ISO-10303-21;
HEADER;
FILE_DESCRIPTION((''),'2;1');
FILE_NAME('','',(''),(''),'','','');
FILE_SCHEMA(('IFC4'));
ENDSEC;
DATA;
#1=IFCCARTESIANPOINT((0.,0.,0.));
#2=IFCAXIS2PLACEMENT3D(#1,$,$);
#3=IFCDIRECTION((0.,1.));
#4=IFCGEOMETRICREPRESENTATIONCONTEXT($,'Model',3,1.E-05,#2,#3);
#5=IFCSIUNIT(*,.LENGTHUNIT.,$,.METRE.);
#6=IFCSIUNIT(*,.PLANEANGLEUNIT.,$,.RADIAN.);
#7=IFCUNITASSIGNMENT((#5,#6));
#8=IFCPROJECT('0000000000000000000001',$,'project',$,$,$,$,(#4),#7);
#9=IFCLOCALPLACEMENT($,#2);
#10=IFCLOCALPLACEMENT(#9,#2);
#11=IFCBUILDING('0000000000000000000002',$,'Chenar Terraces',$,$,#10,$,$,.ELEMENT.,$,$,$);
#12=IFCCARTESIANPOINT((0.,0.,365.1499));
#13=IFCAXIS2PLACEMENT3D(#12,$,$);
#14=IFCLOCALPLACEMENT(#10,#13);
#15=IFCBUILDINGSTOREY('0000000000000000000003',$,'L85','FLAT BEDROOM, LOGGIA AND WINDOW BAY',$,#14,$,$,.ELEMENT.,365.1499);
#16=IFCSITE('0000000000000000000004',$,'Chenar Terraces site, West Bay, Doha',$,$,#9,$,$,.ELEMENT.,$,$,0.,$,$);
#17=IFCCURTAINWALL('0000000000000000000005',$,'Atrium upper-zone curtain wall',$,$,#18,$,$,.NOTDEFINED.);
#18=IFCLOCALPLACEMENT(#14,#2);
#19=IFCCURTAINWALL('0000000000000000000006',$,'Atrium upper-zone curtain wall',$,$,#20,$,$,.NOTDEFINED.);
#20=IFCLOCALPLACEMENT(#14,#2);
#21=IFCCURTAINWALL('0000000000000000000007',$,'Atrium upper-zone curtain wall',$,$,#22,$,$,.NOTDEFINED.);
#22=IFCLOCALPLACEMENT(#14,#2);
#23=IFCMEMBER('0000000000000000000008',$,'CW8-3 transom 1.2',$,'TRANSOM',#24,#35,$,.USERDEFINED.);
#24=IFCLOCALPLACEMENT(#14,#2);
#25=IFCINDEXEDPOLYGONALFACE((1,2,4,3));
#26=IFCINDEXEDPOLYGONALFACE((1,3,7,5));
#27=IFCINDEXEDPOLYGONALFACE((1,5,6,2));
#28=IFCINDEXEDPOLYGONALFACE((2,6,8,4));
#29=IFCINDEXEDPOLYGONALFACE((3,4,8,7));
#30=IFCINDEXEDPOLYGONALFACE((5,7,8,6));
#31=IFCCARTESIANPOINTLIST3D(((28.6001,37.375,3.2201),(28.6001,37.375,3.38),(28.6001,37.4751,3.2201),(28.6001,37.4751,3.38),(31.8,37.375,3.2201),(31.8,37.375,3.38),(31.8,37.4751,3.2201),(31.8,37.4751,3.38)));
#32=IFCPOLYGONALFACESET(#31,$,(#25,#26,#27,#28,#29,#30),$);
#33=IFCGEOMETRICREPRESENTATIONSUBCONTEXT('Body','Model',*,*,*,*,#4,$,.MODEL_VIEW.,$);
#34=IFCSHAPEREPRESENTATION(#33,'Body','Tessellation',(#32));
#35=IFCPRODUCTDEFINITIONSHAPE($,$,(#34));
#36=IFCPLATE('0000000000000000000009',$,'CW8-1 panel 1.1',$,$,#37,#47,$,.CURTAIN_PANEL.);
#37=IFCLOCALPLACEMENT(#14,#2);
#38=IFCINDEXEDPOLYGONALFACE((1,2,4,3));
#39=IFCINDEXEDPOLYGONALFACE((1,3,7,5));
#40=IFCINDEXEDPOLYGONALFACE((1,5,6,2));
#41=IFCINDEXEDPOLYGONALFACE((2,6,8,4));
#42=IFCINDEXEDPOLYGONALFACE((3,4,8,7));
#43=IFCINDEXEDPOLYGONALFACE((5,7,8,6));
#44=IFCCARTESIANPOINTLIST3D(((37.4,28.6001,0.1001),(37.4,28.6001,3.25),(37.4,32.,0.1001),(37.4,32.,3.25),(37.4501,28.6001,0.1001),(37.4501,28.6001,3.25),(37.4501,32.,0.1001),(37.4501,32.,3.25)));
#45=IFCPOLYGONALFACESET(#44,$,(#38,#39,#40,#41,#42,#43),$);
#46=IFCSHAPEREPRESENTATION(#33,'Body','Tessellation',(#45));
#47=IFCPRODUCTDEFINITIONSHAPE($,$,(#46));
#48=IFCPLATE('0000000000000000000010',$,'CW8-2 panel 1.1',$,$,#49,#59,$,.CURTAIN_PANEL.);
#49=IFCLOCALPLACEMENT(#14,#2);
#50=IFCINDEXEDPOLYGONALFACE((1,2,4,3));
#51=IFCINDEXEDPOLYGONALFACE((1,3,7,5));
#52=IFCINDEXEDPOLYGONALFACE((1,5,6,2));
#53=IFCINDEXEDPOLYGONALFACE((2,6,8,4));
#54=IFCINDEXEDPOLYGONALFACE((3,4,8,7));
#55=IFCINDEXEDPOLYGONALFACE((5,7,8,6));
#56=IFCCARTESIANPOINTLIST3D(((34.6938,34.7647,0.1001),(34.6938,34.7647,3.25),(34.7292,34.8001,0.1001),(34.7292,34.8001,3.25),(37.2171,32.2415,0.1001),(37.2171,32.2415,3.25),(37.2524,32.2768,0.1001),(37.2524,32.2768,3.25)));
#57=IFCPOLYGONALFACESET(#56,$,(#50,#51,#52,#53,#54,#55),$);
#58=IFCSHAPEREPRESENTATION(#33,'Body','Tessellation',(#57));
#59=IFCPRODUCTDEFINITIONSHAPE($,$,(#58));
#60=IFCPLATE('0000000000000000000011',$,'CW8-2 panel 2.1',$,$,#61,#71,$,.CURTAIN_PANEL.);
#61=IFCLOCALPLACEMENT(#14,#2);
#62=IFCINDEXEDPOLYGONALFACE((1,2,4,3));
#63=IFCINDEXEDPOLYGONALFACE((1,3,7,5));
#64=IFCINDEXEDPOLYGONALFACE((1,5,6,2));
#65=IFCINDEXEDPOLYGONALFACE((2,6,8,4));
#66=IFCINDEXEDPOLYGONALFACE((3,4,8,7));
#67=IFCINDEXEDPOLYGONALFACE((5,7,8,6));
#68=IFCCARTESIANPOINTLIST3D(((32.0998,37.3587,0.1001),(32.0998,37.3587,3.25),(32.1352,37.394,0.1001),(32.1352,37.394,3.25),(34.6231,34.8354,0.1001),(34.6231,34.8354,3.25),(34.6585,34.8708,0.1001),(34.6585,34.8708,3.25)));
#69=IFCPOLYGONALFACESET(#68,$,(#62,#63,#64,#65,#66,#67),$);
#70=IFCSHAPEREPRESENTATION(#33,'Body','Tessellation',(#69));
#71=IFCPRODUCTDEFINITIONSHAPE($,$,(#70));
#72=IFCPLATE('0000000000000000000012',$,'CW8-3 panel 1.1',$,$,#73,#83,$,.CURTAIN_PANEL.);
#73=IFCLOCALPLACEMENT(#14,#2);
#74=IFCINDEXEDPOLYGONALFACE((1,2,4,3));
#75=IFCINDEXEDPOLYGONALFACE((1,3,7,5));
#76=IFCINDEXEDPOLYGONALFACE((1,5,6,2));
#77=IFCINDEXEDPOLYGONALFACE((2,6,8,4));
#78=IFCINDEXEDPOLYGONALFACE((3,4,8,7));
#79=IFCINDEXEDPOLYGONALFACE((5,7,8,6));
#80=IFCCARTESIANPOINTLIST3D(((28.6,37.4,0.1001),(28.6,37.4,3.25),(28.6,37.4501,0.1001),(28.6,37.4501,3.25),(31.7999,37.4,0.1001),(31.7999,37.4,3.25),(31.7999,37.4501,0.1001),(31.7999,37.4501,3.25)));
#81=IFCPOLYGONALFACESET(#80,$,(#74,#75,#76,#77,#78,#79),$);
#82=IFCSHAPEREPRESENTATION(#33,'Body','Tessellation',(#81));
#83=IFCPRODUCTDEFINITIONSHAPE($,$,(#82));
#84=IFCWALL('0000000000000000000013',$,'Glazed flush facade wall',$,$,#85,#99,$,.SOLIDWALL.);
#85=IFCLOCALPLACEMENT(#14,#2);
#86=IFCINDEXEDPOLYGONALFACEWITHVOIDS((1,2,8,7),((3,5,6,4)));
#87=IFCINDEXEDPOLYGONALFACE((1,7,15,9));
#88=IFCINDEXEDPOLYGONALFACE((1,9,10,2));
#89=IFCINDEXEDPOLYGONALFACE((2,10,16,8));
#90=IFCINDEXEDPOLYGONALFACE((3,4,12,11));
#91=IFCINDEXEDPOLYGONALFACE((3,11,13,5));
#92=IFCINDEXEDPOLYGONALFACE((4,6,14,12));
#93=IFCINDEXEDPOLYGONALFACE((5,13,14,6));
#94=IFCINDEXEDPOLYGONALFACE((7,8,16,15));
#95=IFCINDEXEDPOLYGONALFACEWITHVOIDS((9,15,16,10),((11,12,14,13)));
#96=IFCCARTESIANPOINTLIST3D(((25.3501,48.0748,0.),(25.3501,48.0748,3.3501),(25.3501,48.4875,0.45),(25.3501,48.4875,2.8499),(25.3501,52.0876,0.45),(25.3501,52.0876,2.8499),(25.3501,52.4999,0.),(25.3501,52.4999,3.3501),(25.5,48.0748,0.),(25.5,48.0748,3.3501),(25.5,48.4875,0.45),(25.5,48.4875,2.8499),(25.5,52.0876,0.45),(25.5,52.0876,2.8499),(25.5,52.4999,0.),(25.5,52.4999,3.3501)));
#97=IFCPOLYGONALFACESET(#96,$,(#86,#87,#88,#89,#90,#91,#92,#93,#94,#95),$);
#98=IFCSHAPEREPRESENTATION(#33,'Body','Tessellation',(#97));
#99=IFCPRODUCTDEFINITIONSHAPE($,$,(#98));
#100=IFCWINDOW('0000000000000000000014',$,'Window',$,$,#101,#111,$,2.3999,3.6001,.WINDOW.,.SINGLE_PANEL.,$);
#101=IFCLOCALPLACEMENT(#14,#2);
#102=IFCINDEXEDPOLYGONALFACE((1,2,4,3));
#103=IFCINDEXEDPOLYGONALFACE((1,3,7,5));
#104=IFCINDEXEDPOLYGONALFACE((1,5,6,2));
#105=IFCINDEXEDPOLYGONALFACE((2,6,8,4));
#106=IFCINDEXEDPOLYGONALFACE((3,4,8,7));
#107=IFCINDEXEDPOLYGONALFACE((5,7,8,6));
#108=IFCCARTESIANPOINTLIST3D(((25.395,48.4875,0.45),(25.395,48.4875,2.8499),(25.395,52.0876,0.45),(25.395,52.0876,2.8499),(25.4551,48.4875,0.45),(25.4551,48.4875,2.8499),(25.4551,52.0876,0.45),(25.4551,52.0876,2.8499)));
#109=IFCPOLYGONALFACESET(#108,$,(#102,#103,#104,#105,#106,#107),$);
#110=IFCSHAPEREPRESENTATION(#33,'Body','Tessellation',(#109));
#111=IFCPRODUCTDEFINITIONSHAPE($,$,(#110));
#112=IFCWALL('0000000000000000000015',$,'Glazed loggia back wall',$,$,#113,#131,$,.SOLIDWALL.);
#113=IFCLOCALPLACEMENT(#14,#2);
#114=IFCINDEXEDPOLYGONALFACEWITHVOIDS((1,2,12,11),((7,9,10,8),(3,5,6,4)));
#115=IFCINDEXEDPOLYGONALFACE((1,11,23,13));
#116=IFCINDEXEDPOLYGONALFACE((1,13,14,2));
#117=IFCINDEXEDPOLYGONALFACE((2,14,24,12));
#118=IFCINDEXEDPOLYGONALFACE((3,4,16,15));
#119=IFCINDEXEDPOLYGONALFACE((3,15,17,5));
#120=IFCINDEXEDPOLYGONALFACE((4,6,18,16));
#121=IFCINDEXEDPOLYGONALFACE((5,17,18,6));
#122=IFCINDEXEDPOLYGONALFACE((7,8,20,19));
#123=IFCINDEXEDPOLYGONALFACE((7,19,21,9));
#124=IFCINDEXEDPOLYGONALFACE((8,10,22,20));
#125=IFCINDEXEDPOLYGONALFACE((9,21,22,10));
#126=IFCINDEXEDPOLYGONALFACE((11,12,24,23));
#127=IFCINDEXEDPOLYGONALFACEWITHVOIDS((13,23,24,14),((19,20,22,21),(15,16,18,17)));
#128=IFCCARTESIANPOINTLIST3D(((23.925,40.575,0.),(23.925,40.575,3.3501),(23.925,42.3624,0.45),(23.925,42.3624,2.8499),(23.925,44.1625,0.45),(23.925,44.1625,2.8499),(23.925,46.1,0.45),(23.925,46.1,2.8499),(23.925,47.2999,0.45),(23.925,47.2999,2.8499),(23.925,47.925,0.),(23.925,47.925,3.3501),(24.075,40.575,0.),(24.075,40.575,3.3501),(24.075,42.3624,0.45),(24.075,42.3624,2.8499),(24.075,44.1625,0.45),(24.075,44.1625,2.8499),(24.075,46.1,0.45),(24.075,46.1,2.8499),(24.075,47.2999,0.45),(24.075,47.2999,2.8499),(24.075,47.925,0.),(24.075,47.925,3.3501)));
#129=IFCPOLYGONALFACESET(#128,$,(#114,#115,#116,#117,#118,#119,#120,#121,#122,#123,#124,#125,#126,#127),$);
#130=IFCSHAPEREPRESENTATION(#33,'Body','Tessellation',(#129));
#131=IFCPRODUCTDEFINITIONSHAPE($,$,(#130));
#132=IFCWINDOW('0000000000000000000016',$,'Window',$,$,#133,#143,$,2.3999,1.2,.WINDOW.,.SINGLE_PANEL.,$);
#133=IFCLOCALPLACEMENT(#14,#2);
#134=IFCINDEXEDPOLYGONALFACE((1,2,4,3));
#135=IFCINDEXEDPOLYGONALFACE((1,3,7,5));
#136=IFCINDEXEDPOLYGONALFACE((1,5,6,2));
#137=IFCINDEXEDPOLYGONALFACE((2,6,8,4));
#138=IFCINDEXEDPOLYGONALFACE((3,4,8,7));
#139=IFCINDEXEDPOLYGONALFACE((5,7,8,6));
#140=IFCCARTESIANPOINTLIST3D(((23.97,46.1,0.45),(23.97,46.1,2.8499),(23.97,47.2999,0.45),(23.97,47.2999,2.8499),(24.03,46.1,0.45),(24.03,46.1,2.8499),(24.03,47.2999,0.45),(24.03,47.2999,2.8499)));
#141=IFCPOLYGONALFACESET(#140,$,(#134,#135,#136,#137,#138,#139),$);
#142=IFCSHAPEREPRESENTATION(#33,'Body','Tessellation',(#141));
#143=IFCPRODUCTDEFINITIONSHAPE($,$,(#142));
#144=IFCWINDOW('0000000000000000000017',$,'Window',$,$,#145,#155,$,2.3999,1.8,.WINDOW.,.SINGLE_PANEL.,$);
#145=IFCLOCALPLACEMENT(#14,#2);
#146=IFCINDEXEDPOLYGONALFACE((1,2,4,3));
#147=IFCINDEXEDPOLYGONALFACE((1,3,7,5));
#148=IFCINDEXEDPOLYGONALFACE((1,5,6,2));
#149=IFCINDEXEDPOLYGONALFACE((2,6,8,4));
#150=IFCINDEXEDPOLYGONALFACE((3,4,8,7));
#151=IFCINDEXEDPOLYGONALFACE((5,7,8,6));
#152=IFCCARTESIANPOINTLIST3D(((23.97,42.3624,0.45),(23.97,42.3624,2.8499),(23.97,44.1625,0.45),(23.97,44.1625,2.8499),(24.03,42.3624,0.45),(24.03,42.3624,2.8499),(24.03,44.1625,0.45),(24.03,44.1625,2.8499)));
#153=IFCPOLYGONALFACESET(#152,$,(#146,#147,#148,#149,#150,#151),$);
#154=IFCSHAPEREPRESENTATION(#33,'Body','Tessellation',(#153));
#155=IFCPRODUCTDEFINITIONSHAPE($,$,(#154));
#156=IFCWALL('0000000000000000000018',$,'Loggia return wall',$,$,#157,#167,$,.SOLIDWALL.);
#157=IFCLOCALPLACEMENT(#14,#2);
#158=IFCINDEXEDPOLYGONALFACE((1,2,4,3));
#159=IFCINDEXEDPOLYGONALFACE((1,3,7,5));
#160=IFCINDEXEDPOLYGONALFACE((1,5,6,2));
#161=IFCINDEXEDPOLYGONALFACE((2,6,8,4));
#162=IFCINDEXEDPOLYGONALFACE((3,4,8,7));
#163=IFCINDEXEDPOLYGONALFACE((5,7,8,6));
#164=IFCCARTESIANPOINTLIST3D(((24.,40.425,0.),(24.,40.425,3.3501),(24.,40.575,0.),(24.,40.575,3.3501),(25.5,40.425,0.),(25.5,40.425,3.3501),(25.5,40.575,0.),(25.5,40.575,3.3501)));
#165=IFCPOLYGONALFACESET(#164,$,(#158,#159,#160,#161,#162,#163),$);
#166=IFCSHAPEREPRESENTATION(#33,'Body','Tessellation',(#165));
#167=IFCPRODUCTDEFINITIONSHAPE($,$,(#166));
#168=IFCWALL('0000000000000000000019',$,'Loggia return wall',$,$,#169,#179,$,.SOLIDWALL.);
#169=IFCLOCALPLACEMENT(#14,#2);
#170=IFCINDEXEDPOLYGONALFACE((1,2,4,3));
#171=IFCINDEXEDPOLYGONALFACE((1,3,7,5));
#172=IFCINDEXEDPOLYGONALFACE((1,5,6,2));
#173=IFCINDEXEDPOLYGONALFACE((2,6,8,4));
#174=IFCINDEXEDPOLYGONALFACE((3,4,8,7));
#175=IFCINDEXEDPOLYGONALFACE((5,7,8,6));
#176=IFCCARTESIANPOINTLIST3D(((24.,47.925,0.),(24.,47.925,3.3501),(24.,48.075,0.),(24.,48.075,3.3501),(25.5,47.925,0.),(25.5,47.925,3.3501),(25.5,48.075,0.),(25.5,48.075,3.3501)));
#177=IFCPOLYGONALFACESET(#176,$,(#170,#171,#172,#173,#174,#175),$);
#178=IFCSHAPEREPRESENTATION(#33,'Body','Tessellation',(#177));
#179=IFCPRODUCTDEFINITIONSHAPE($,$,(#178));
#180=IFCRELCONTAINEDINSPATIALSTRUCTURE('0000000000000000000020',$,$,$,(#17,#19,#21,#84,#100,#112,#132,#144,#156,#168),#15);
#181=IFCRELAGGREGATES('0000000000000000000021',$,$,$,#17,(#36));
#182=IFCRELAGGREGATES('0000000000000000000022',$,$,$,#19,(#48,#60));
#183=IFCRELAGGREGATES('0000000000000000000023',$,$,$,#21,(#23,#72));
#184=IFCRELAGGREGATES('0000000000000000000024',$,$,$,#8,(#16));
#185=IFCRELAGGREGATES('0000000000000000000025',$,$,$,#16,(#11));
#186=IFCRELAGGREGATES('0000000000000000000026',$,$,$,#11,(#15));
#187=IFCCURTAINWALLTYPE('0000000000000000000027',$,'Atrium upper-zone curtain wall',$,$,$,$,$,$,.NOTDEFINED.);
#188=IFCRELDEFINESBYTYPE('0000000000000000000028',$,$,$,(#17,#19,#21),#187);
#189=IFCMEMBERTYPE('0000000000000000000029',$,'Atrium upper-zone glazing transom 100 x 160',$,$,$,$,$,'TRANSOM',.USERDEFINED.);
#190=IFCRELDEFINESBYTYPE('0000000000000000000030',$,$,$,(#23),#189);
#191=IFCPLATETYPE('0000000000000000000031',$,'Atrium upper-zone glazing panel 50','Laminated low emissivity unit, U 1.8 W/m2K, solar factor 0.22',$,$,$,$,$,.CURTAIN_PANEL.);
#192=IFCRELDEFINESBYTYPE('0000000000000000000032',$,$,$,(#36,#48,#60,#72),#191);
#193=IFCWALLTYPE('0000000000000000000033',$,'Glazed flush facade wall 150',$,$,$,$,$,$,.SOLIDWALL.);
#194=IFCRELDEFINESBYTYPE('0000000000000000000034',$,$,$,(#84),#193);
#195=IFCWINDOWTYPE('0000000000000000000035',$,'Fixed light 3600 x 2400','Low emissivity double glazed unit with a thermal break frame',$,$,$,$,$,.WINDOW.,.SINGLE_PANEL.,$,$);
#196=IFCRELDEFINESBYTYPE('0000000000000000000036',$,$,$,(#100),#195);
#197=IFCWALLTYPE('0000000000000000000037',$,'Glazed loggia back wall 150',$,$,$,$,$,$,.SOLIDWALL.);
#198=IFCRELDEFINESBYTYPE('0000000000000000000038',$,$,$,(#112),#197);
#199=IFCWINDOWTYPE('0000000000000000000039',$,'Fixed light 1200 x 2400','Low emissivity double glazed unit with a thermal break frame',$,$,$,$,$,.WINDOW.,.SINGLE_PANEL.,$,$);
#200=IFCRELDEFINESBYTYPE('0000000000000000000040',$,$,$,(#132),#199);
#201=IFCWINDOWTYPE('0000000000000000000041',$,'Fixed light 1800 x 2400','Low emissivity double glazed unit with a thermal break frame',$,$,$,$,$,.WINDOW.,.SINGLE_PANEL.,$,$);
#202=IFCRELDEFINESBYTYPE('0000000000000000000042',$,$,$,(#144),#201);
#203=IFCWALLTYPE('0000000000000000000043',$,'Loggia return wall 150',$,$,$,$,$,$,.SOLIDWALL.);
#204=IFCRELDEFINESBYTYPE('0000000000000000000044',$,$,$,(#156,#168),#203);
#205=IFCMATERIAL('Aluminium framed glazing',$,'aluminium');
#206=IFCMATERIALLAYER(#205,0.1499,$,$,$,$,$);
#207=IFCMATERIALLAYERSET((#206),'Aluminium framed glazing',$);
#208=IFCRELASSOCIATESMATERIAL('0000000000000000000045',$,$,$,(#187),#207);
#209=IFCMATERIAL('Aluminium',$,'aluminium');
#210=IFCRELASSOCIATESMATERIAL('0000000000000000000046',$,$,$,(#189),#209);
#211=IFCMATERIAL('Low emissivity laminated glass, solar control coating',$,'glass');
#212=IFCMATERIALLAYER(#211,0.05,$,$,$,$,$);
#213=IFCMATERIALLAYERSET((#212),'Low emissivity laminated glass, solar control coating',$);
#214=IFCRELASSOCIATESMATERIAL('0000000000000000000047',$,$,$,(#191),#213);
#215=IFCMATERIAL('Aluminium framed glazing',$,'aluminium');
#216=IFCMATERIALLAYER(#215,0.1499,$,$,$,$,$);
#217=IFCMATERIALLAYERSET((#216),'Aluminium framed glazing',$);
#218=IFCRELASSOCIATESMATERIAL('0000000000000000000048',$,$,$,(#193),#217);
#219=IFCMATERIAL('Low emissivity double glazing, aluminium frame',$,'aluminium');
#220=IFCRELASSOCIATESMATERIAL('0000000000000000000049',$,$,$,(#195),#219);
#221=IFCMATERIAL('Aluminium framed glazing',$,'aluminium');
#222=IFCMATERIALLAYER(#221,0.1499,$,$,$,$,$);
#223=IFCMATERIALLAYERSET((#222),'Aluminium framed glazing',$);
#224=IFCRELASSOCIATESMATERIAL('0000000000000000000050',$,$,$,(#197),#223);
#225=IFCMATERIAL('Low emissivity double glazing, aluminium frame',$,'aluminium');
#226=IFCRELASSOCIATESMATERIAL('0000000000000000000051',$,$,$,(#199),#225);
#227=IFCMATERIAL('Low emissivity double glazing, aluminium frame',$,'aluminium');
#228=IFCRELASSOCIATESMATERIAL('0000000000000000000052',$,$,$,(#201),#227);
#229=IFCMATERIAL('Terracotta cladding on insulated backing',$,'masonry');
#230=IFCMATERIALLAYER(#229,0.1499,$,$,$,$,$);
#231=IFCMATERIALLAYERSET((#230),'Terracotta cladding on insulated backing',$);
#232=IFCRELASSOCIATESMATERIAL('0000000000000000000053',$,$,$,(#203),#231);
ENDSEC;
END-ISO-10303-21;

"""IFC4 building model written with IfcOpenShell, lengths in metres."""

from ifc_helpers import new_model, si_unit, direction, frame, frame_2d, origin, origin_2d, place, context, subcontext, project, spatial, rectangle, extrude, material, layer, layer_set, material_profile, profile_set, type_object, element, fill, aggregate, save


model = new_model("IFC4")

# Units and contexts
model_context = context("Model", 3, precision=1e-05, world=origin(), true_north=direction((0.0, 1.0)))
body_context = subcontext(model_context, "Body", "Model", "MODEL_VIEW")
ifc_project = project(units=[si_unit("LENGTHUNIT", "METRE"), si_unit("PLANEANGLEUNIT", "RADIAN")], contexts=[model_context])

# Site, building, storey
site_placement = place(None, origin())
site = spatial("IfcSite", under=ifc_project, at=site_placement, Name="Chenar Terraces site, West Bay, Doha", CompositionType="ELEMENT", RefElevation=0.0)
building_placement = place(site_placement, origin())
building = spatial("IfcBuilding", under=site, at=building_placement, Name="Chenar Terraces", CompositionType="ELEMENT")
storey_placement = place(building_placement, frame((0.0, 0.0, 365.1499)))
storey = spatial("IfcBuildingStorey", under=building, at=storey_placement, Name="L85", Description="FLAT BEDROOM, LOGGIA AND WINDOW BAY", CompositionType="ELEMENT", Elevation=365.1499)

# Curtain wall
ifc_material_1 = material(Name="Aluminium framed glazing", Category="aluminium")
ifc_layer_1 = layer(ifc_material_1, 0.1499)
ifc_layer_set_1 = layer_set([ifc_layer_1], Name="Aluminium framed glazing")
curtain_wall_type = type_object("IfcCurtainWallType", Name="Atrium upper-zone curtain wall", PredefinedType="NOTDEFINED", material=ifc_layer_set_1)
placement = place(storey_placement, origin())
curtain_wall_1 = element("IfcCurtainWall", 1, at=placement, inside=storey, type_object=curtain_wall_type, Name="Atrium upper-zone curtain wall", PredefinedType="NOTDEFINED")

# Curtain walls
curtain_wall_2 = element("IfcCurtainWall", 2, at=placement, inside=storey, type_object=curtain_wall_type, Name="Atrium upper-zone curtain wall", PredefinedType="NOTDEFINED")
curtain_wall_3 = element("IfcCurtainWall", 3, at=placement, inside=storey, type_object=curtain_wall_type, Name="Atrium upper-zone curtain wall", PredefinedType="NOTDEFINED")

# Member
ifc_material_2 = material(Name="Aluminium", Category="aluminium")
ifc_material_profile_1 = material_profile(ifc_material_2, rectangle(XDim=0.1001, YDim=0.1599, at=origin_2d()), Name="Atrium upper-zone glazing transom 100 x 160")
ifc_profile_set_1 = profile_set([ifc_material_profile_1], Name="Aluminium")
member_type_1 = type_object("IfcMemberType", Name="Atrium upper-zone glazing transom 100 x 160", ElementType="TRANSOM", PredefinedType="USERDEFINED", material=ifc_profile_set_1)
member_1_placement = place(storey_placement, frame((31.8, 37.425, 3.3), z_axis=(-1.0, 0.0, 0.0), x_axis=(0.0, -1.0, 0.0)))
member_1 = element("IfcMember", 4, at=member_1_placement, type_object=member_type_1, Name="CW8-3 transom 1.2", ObjectType="TRANSOM", PredefinedType="USERDEFINED", context=body_context, shape_type="SweptSolid", body=[
    extrude(rectangle(XDim=0.1001, YDim=0.1599, at=origin_2d()), origin(), (0.0, 0.0, 1.0), 3.2),
])

# Plates
ifc_material_3 = material(Name="Low emissivity laminated glass, solar control coating", Category="glass")
ifc_layer_2 = layer(ifc_material_3, 0.05)
ifc_layer_set_2 = layer_set([ifc_layer_2], Name="Low emissivity laminated glass, solar control coating")
plate_type = type_object("IfcPlateType", Name="Atrium upper-zone glazing panel 50", Description="Laminated low emissivity unit, U 1.8 W/m2K, solar factor 0.22", PredefinedType="CURTAIN_PANEL", material=ifc_layer_set_2)
plate_1_placement = place(storey_placement, frame((37.425, 30.3, 0.1001), z_axis=(0.0, 0.0, 1.0), x_axis=(0.0, 1.0, 0.0)))
plate_1 = element("IfcPlate", 5, at=plate_1_placement, type_object=plate_type, Name="CW8-1 panel 1.1", PredefinedType="CURTAIN_PANEL", context=body_context, shape_type="SweptSolid", body=[
    extrude(rectangle(XDim=3.3999, YDim=0.05, at=origin_2d()), origin(), (0.0, 0.0, 1.0), 3.1499),
])
aggregate(curtain_wall_1, [plate_1])
plate_2_placement = place(storey_placement, frame((35.9731, 33.5208, 0.1001), z_axis=(0.0, 0.0, 1.0), x_axis=(-0.707107, 0.707107, 0.0)))
plate_2 = element("IfcPlate", 6, at=plate_2_placement, type_object=plate_type, Name="CW8-2 panel 1.1", PredefinedType="CURTAIN_PANEL", context=body_context, shape_type="SweptSolid", body=[
    extrude(rectangle(XDim=3.5684, YDim=0.05, at=origin_2d()), origin(), (0.0, 0.0, 1.0), 3.1499),
])
plate_3_placement = place(storey_placement, frame((33.3792, 36.1147, 0.1001), z_axis=(0.0, 0.0, 1.0), x_axis=(-0.707107, 0.707107, 0.0)))
plate_3 = element("IfcPlate", 7, at=plate_3_placement, type_object=plate_type, Name="CW8-2 panel 2.1", PredefinedType="CURTAIN_PANEL", context=body_context, shape_type="SweptSolid", body=[
    extrude(rectangle(XDim=3.5684, YDim=0.05, at=origin_2d()), origin(), (0.0, 0.0, 1.0), 3.1499),
])
aggregate(curtain_wall_2, [plate_2, plate_3])
plate_4_placement = place(storey_placement, frame((30.2, 37.425, 0.1001), z_axis=(0.0, 0.0, 1.0), x_axis=(-1.0, 0.0, 0.0)))
plate_4 = element("IfcPlate", 8, at=plate_4_placement, type_object=plate_type, Name="CW8-3 panel 1.1", PredefinedType="CURTAIN_PANEL", context=body_context, shape_type="SweptSolid", body=[
    extrude(rectangle(XDim=3.2, YDim=0.05, at=origin_2d()), origin(), (0.0, 0.0, 1.0), 3.1499),
])
aggregate(curtain_wall_3, [member_1, plate_4])

# Wall, opening, window
ifc_material_4 = material(Name="Aluminium framed glazing", Category="aluminium")
ifc_layer_3 = layer(ifc_material_4, 0.1499)
ifc_layer_set_3 = layer_set([ifc_layer_3], Name="Aluminium framed glazing")
wall_type_1 = type_object("IfcWallType", Name="Glazed flush facade wall 150", PredefinedType="SOLIDWALL", material=ifc_layer_set_3)
wall_1_placement = place(storey_placement, frame((25.425, 48.075, 0.0), z_axis=(0.0, 0.0, 1.0), x_axis=(0.0, 1.0, 0.0)))
wall_1 = element("IfcWall", 9, at=wall_1_placement, inside=storey, type_object=wall_type_1, Name="Glazed flush facade wall", PredefinedType="SOLIDWALL", context=body_context, shape_type="SweptSolid", body=[
    extrude(rectangle(XDim=4.425, YDim=0.1499, at=frame_2d((2.2124, 0.0))), origin(), (0.0, 0.0, 1.0), 3.3501),
])
opening_1_placement = place(wall_1_placement, frame((0.4126, 0.0, 0.45)))
opening_1 = element("IfcOpeningElement", 10, at=opening_1_placement, cuts=wall_1, PredefinedType="OPENING", context=body_context, shape_type="SweptSolid", body=[
    extrude(rectangle(XDim=3.6001, YDim=2.3999, at=frame_2d((1.8, 1.2))), frame((0.0, 0.085, 0.0), z_axis=(0.0, -1.0, 0.0), x_axis=(1.0, 0.0, 0.0)), (0.0, 0.0, 1.0), 0.1699),
])
ifc_material_5 = material(Name="Low emissivity double glazing, aluminium frame", Category="aluminium")
window_type_1 = type_object("IfcWindowType", Name="Fixed light 3600 x 2400", Description="Low emissivity double glazed unit with a thermal break frame", PartitioningType="SINGLE_PANEL", PredefinedType="WINDOW", material=ifc_material_5)
window_1_placement = place(opening_1_placement, origin())
window_1 = element("IfcWindow", 11, at=window_1_placement, inside=storey, type_object=window_type_1, Name="Window", OverallHeight=2.3999, OverallWidth=3.6001, PartitioningType="SINGLE_PANEL", PredefinedType="WINDOW", context=body_context, shape_type="SweptSolid", body=[
    extrude(rectangle(XDim=3.6001, YDim=2.3999, at=frame_2d((1.8, 1.2))), frame((0.0, 0.03, 0.0), z_axis=(0.0, -1.0, 0.0), x_axis=(1.0, 0.0, 0.0)), (0.0, 0.0, 1.0), 0.0601),
])
fill(opening_1, window_1)

# Wall, openings, windows
ifc_material_6 = material(Name="Aluminium framed glazing", Category="aluminium")
ifc_layer_4 = layer(ifc_material_6, 0.1499)
ifc_layer_set_4 = layer_set([ifc_layer_4], Name="Aluminium framed glazing")
wall_type_2 = type_object("IfcWallType", Name="Glazed loggia back wall 150", PredefinedType="SOLIDWALL", material=ifc_layer_set_4)
wall_2_placement = place(storey_placement, frame((24.0, 40.575, 0.0), z_axis=(0.0, 0.0, 1.0), x_axis=(0.0, 1.0, 0.0)))
wall_2 = element("IfcWall", 12, at=wall_2_placement, inside=storey, type_object=wall_type_2, Name="Glazed loggia back wall", PredefinedType="SOLIDWALL", context=body_context, shape_type="SweptSolid", body=[
    extrude(rectangle(XDim=7.3501, YDim=0.1499, at=frame_2d((3.675, 0.0))), origin(), (0.0, 0.0, 1.0), 3.3501),
])
opening_2_placement = place(wall_2_placement, frame((1.7876, 0.0, 0.45)))
opening_2 = element("IfcOpeningElement", 13, at=opening_2_placement, cuts=wall_2, PredefinedType="OPENING", context=body_context, shape_type="SweptSolid", body=[
    extrude(rectangle(XDim=1.8, YDim=2.3999, at=frame_2d((0.8999, 1.2))), frame((0.0, 0.085, 0.0), z_axis=(0.0, -1.0, 0.0), x_axis=(1.0, 0.0, 0.0)), (0.0, 0.0, 1.0), 0.1699),
])
opening_3_placement = place(wall_2_placement, frame((5.5249, 0.0, 0.45)))
opening_3 = element("IfcOpeningElement", 14, at=opening_3_placement, cuts=wall_2, PredefinedType="OPENING", context=body_context, shape_type="SweptSolid", body=[
    extrude(rectangle(XDim=1.2, YDim=2.3999, at=frame_2d((0.6001, 1.2))), frame((0.0, 0.085, 0.0), z_axis=(0.0, -1.0, 0.0), x_axis=(1.0, 0.0, 0.0)), (0.0, 0.0, 1.0), 0.1699),
])
ifc_material_7 = material(Name="Low emissivity double glazing, aluminium frame", Category="aluminium")
window_type_2 = type_object("IfcWindowType", Name="Fixed light 1200 x 2400", Description="Low emissivity double glazed unit with a thermal break frame", PartitioningType="SINGLE_PANEL", PredefinedType="WINDOW", material=ifc_material_7)
window_2_placement = place(opening_3_placement, origin())
window_2 = element("IfcWindow", 15, at=window_2_placement, inside=storey, type_object=window_type_2, Name="Window", OverallHeight=2.3999, OverallWidth=1.2, PartitioningType="SINGLE_PANEL", PredefinedType="WINDOW", context=body_context, shape_type="SweptSolid", body=[
    extrude(rectangle(XDim=1.2, YDim=2.3999, at=frame_2d((0.6001, 1.2))), frame((0.0, 0.03, 0.0), z_axis=(0.0, -1.0, 0.0), x_axis=(1.0, 0.0, 0.0)), (0.0, 0.0, 1.0), 0.0601),
])
fill(opening_3, window_2)
ifc_material_8 = material(Name="Low emissivity double glazing, aluminium frame", Category="aluminium")
window_type_3 = type_object("IfcWindowType", Name="Fixed light 1800 x 2400", Description="Low emissivity double glazed unit with a thermal break frame", PartitioningType="SINGLE_PANEL", PredefinedType="WINDOW", material=ifc_material_8)
window_3_placement = place(opening_2_placement, origin())
window_3 = element("IfcWindow", 16, at=window_3_placement, inside=storey, type_object=window_type_3, Name="Window", OverallHeight=2.3999, OverallWidth=1.8, PartitioningType="SINGLE_PANEL", PredefinedType="WINDOW", context=body_context, shape_type="SweptSolid", body=[
    extrude(rectangle(XDim=1.8, YDim=2.3999, at=frame_2d((0.8999, 1.2))), frame((0.0, 0.03, 0.0), z_axis=(0.0, -1.0, 0.0), x_axis=(1.0, 0.0, 0.0)), (0.0, 0.0, 1.0), 0.0601),
])
fill(opening_2, window_3)

# Walls
ifc_material_9 = material(Name="Terracotta cladding on insulated backing", Category="masonry")
ifc_layer_5 = layer(ifc_material_9, 0.1499)
ifc_layer_set_5 = layer_set([ifc_layer_5], Name="Terracotta cladding on insulated backing")
wall_type_3 = type_object("IfcWallType", Name="Loggia return wall 150", PredefinedType="SOLIDWALL", material=ifc_layer_set_5)
for number, where, z_axis, x_axis, name in (
    (17, (25.5, 40.5, 0.0), (0.0, 0.0, 1.0), (-1.0, 0.0, 0.0), "Loggia return wall"),
    (18, (25.5, 48.0, 0.0), (0.0, 0.0, 1.0), (-1.0, 0.0, 0.0), "Loggia return wall"),
):
    element("IfcWall", number, at=place(storey_placement, frame(where, z_axis=z_axis, x_axis=x_axis)), inside=storey, type_object=wall_type_3, Name=name, PredefinedType="SOLIDWALL", context=body_context, shape_type="SweptSolid", body=[
        extrude(rectangle(XDim=1.5, YDim=0.1499, at=frame_2d((0.75, 0.0))), origin(), (0.0, 0.0, 1.0), 3.3501),
    ])

save(model, "model.ifc")
